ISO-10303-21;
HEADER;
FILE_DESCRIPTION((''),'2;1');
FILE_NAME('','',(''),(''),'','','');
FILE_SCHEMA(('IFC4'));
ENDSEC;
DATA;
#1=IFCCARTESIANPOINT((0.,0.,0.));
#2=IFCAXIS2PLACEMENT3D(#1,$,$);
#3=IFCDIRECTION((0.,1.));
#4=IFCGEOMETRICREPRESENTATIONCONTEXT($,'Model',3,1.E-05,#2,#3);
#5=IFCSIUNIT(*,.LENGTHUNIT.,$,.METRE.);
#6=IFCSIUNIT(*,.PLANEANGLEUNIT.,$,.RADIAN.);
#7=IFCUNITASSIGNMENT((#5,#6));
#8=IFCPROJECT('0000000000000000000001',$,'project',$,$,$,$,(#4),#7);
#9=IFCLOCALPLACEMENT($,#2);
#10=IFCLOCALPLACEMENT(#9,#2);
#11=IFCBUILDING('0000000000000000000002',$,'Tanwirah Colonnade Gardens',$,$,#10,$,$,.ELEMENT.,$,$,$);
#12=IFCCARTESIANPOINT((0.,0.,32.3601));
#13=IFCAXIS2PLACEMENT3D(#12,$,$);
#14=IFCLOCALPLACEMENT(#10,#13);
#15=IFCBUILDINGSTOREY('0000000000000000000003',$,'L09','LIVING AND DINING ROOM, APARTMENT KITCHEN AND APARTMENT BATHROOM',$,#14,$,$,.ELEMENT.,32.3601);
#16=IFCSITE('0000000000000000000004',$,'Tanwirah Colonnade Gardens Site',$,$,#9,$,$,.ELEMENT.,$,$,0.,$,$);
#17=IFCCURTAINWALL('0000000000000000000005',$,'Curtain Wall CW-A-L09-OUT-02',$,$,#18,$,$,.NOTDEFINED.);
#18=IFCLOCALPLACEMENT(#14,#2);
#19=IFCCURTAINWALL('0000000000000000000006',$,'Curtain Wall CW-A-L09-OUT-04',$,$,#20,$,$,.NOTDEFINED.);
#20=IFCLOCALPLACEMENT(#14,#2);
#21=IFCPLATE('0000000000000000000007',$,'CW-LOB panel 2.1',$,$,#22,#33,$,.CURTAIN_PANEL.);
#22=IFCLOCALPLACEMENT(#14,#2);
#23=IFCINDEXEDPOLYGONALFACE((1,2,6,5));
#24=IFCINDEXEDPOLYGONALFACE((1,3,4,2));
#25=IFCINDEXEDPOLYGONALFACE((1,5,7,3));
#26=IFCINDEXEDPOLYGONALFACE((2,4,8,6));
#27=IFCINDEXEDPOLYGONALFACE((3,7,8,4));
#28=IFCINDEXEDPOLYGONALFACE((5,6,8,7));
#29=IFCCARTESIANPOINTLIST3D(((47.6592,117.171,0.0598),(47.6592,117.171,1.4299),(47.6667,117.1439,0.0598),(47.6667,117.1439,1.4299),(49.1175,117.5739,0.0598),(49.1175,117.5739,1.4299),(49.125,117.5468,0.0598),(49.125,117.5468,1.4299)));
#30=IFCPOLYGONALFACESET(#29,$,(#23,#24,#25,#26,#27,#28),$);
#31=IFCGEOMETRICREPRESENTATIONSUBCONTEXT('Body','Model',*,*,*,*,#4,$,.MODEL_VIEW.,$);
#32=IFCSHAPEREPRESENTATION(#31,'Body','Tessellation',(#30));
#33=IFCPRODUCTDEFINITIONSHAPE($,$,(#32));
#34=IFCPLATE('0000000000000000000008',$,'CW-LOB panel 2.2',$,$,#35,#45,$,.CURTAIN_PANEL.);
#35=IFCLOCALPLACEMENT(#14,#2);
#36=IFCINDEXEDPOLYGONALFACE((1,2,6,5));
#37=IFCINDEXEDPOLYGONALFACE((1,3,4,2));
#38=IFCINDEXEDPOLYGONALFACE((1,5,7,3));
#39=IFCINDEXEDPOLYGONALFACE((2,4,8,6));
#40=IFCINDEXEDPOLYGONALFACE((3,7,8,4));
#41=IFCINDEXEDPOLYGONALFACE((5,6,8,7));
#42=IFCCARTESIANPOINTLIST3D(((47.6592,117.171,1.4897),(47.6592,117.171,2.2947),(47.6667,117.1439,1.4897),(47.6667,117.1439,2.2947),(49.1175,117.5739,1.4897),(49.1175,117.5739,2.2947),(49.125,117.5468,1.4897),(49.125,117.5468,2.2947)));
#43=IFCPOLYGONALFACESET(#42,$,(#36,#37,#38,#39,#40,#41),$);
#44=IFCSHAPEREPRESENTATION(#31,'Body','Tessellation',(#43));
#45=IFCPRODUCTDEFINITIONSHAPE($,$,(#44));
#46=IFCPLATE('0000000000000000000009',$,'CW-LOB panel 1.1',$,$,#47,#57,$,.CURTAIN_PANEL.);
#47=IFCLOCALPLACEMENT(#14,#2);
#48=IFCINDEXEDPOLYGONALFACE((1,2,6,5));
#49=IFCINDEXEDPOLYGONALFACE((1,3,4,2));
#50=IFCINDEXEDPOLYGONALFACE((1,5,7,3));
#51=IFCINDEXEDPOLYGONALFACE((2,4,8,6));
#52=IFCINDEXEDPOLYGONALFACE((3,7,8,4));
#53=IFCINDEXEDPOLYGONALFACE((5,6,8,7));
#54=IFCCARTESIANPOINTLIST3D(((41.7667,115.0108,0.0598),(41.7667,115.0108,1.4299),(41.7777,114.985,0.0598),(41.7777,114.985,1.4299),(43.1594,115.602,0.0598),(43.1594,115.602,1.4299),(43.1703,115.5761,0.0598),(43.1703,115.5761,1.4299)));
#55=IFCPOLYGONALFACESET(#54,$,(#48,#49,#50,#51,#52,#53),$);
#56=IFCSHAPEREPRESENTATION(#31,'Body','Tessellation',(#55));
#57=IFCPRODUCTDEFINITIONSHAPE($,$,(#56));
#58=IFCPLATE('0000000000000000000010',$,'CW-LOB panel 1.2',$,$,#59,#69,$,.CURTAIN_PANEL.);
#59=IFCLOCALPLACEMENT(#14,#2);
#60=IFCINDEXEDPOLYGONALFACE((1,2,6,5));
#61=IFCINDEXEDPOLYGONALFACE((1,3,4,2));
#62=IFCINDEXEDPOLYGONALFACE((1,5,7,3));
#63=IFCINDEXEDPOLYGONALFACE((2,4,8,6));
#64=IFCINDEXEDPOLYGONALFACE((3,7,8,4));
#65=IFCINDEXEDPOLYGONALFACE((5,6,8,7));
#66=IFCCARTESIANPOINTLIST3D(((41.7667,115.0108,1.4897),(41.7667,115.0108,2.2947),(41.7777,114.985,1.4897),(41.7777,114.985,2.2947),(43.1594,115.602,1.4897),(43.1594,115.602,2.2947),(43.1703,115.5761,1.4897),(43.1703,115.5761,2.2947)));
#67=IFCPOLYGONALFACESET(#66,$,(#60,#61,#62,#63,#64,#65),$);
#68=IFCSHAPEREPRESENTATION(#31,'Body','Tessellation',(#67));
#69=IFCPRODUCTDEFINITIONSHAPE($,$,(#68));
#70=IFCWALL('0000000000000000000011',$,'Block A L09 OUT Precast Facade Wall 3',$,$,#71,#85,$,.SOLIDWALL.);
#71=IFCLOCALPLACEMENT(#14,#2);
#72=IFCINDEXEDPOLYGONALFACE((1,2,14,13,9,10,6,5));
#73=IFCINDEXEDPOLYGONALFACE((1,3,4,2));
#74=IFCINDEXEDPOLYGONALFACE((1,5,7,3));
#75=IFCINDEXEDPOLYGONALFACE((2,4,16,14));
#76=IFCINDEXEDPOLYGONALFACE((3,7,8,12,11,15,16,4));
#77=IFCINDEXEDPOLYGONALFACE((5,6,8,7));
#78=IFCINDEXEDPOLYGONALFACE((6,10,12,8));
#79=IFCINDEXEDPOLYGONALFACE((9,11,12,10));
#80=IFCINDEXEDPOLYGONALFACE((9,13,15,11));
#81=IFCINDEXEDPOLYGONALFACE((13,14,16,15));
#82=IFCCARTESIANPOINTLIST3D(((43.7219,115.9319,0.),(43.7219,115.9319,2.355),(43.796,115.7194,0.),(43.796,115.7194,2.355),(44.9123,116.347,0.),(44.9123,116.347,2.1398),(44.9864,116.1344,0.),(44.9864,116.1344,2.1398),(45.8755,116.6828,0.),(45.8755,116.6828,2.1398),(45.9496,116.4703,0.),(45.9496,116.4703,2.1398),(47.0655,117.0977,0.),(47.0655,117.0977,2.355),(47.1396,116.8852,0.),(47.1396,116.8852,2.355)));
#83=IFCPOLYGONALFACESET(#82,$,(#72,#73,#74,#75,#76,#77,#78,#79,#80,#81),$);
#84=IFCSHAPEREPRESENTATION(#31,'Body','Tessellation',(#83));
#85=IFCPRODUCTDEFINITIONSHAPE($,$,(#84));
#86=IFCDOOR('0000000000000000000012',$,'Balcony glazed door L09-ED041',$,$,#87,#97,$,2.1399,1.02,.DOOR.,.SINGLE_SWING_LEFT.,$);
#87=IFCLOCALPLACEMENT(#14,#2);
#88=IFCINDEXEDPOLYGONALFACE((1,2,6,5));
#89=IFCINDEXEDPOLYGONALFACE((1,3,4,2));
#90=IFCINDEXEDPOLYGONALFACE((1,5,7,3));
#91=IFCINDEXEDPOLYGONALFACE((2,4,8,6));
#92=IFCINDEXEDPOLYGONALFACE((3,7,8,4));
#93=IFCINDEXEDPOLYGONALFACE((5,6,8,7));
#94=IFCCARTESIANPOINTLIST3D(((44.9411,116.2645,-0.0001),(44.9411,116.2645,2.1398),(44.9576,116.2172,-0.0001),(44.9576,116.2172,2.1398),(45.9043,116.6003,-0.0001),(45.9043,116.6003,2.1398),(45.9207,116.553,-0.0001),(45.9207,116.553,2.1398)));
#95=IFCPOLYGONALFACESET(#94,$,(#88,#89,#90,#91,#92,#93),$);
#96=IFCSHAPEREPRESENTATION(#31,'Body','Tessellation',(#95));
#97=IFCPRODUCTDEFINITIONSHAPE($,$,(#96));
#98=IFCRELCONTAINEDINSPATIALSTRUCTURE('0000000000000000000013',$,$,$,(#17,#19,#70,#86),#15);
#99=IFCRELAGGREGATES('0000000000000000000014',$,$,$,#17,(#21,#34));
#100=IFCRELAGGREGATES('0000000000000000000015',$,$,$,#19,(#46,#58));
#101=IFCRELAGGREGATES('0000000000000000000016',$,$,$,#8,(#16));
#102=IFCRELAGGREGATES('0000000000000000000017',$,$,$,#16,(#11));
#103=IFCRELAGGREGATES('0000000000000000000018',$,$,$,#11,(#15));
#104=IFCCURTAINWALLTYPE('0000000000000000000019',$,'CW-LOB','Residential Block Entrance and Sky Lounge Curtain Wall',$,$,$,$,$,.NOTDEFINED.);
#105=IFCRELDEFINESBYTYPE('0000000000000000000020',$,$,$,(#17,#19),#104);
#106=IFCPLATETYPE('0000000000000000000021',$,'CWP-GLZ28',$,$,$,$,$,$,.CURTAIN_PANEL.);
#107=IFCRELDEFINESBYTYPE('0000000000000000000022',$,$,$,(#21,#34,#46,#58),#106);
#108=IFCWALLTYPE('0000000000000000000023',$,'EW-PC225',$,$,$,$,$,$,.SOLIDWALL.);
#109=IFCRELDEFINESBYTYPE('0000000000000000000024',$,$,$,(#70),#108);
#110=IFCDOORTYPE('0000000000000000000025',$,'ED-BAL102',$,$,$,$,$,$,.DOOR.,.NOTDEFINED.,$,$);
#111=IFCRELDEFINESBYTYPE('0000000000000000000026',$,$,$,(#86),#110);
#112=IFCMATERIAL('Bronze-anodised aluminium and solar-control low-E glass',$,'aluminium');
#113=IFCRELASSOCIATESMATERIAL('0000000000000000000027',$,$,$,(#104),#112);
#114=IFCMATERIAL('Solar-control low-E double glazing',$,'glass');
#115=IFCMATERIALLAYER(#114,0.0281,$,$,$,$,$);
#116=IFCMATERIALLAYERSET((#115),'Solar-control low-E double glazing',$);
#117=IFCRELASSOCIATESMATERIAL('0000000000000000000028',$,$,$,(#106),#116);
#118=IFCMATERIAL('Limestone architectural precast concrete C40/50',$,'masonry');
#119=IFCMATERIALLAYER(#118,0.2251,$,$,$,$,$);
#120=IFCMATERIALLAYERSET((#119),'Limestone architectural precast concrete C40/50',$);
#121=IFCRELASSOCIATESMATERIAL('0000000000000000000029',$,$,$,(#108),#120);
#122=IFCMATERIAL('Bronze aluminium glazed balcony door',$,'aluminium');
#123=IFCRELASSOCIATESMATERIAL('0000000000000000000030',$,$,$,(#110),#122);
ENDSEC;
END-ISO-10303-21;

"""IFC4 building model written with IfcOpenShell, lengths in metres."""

from ifc_helpers import new_model, si_unit, direction, frame, frame_2d, origin, origin_2d, place, context, subcontext, project, spatial, rectangle, extrude, material, layer, layer_set, type_object, element, fill, aggregate, save


model = new_model("IFC4")

# Units and contexts
model_context = context("Model", 3, precision=1e-05, world=origin(), true_north=direction((0.0, 1.0)))
body_context = subcontext(model_context, "Body", "Model", "MODEL_VIEW")
ifc_project = project(units=[si_unit("LENGTHUNIT", "METRE"), si_unit("PLANEANGLEUNIT", "RADIAN")], contexts=[model_context])

# Site, building, storey
site_placement = place(None, origin())
site = spatial("IfcSite", under=ifc_project, at=site_placement, Name="Tanwirah Colonnade Gardens Site", CompositionType="ELEMENT", RefElevation=0.0)
building_placement = place(site_placement, origin())
building = spatial("IfcBuilding", under=site, at=building_placement, Name="Tanwirah Colonnade Gardens", CompositionType="ELEMENT")
storey_placement = place(building_placement, frame((0.0, 0.0, 32.3601)))
storey = spatial("IfcBuildingStorey", under=building, at=storey_placement, Name="L09", Description="LIVING AND DINING ROOM, APARTMENT KITCHEN AND APARTMENT BATHROOM", CompositionType="ELEMENT", Elevation=32.3601)

# Curtain wall
ifc_material_1 = material(Name="Bronze-anodised aluminium and solar-control low-E glass", Category="aluminium")
curtain_wall_type = type_object("IfcCurtainWallType", Name="CW-LOB", Description="Residential Block Entrance and Sky Lounge Curtain Wall", PredefinedType="NOTDEFINED", material=ifc_material_1)
curtain_wall_1_placement = place(storey_placement, origin())
curtain_wall_1 = element("IfcCurtainWall", 1, at=curtain_wall_1_placement, inside=storey, type_object=curtain_wall_type, Name="Curtain Wall CW-A-L09-OUT-02", PredefinedType="NOTDEFINED")

# Curtain wall
curtain_wall_2_placement = place(storey_placement, origin())
curtain_wall_2 = element("IfcCurtainWall", 2, at=curtain_wall_2_placement, inside=storey, type_object=curtain_wall_type, Name="Curtain Wall CW-A-L09-OUT-04", PredefinedType="NOTDEFINED")

# Plates
ifc_material_2 = material(Name="Solar-control low-E double glazing", Category="glass")
ifc_layer_1 = layer(ifc_material_2, 0.0281)
ifc_layer_set_1 = layer_set([ifc_layer_1], Name="Solar-control low-E double glazing")
plate_type = type_object("IfcPlateType", Name="CWP-GLZ28", PredefinedType="CURTAIN_PANEL", material=ifc_layer_set_1)
plate_1_placement = place(storey_placement, frame((48.3921, 117.3589, 0.0598), z_axis=(0.0, 0.0, 1.0), x_axis=(-0.963889, -0.266304, 0.0)))
plate_1 = element("IfcPlate", 3, at=plate_1_placement, type_object=plate_type, Name="CW-LOB panel 2.1", PredefinedType="CURTAIN_PANEL", context=body_context, shape_type="SweptSolid", body=[
    extrude(rectangle(XDim=1.5129, YDim=0.0281, at=origin_2d()), origin(), (0.0, 0.0, 1.0), 1.3701),
])
plate_2_placement = place(storey_placement, frame((48.3921, 117.3589, 1.4897), z_axis=(0.0, 0.0, 1.0), x_axis=(-0.963889, -0.266304, 0.0)))
plate_2 = element("IfcPlate", 4, at=plate_2_placement, type_object=plate_type, Name="CW-LOB panel 2.2", PredefinedType="CURTAIN_PANEL", context=body_context, shape_type="SweptSolid", body=[
    extrude(rectangle(XDim=1.5129, YDim=0.0281, at=origin_2d()), origin(), (0.0, 0.0, 1.0), 0.8049),
])
aggregate(curtain_wall_1, [plate_1, plate_2])
plate_3_placement = place(storey_placement, frame((42.4685, 115.2935, 0.0598), z_axis=(0.0, 0.0, 1.0), x_axis=(-0.920505, -0.39073, 0.0)))
plate_3 = element("IfcPlate", 5, at=plate_3_placement, type_object=plate_type, Name="CW-LOB panel 1.1", PredefinedType="CURTAIN_PANEL", context=body_context, shape_type="SweptSolid", body=[
    extrude(rectangle(XDim=1.5129, YDim=0.0281, at=origin_2d()), origin(), (0.0, 0.0, 1.0), 1.3701),
])
plate_4_placement = place(storey_placement, frame((42.4685, 115.2935, 1.4897), z_axis=(0.0, 0.0, 1.0), x_axis=(-0.920505, -0.39073, 0.0)))
plate_4 = element("IfcPlate", 6, at=plate_4_placement, type_object=plate_type, Name="CW-LOB panel 1.2", PredefinedType="CURTAIN_PANEL", context=body_context, shape_type="SweptSolid", body=[
    extrude(rectangle(XDim=1.5129, YDim=0.0281, at=origin_2d()), origin(), (0.0, 0.0, 1.0), 0.8049),
])
aggregate(curtain_wall_2, [plate_3, plate_4])

# Wall, opening, door
ifc_material_3 = material(Name="Limestone architectural precast concrete C40/50", Category="masonry")
ifc_layer_2 = layer(ifc_material_3, 0.2251)
ifc_layer_set_2 = layer_set([ifc_layer_2], Name="Limestone architectural precast concrete C40/50")
wall_type = type_object("IfcWallType", Name="EW-PC225", PredefinedType="SOLIDWALL", material=ifc_layer_set_2)
wall_placement = place(storey_placement, frame((47.1025, 116.9915, 0.0), z_axis=(0.0, 0.0, 1.0), x_axis=(-0.94425, -0.329229, 0.0)))
wall = element("IfcWall", 7, at=wall_placement, inside=storey, type_object=wall_type, Name="Block A L09 OUT Precast Facade Wall 3", PredefinedType="SOLIDWALL", context=body_context, shape_type="SweptSolid", body=[
    extrude(rectangle(XDim=3.541, YDim=0.2251, at=frame_2d((1.7705, 0.0))), origin(), (0.0, 0.0, 1.0), 2.355),
])
opening_placement = place(wall_placement, frame((1.2603, 0.0, 0.0)))
opening = element("IfcOpeningElement", 8, at=opening_placement, cuts=wall, PredefinedType="OPENING", context=body_context, shape_type="SweptSolid", body=[
    extrude(rectangle(XDim=1.02, YDim=2.1399, at=frame_2d((0.51, 1.0698))), frame((0.0, 0.1226, 0.0), z_axis=(0.0, -1.0, 0.0), x_axis=(1.0, 0.0, 0.0)), (0.0, 0.0, 1.0), 0.2451),
])
ifc_material_4 = material(Name="Bronze aluminium glazed balcony door", Category="aluminium")
door_type = type_object("IfcDoorType", Name="ED-BAL102", OperationType="NOTDEFINED", PredefinedType="DOOR", material=ifc_material_4)
door_placement = place(opening_placement, origin())
door = element("IfcDoor", 9, at=door_placement, inside=storey, type_object=door_type, Name="Balcony glazed door L09-ED041", OperationType="SINGLE_SWING_LEFT", OverallHeight=2.1399, OverallWidth=1.02, PredefinedType="DOOR", context=body_context, shape_type="SweptSolid", body=[
    extrude(rectangle(XDim=1.02, YDim=2.1399, at=frame_2d((0.51, 1.0698))), frame((0.0, 0.0249, 0.0), z_axis=(0.0, -1.0, 0.0), x_axis=(1.0, 0.0, 0.0)), (0.0, 0.0, 1.0), 0.05),
])
fill(opening, door)

save(model, "model.ifc")
